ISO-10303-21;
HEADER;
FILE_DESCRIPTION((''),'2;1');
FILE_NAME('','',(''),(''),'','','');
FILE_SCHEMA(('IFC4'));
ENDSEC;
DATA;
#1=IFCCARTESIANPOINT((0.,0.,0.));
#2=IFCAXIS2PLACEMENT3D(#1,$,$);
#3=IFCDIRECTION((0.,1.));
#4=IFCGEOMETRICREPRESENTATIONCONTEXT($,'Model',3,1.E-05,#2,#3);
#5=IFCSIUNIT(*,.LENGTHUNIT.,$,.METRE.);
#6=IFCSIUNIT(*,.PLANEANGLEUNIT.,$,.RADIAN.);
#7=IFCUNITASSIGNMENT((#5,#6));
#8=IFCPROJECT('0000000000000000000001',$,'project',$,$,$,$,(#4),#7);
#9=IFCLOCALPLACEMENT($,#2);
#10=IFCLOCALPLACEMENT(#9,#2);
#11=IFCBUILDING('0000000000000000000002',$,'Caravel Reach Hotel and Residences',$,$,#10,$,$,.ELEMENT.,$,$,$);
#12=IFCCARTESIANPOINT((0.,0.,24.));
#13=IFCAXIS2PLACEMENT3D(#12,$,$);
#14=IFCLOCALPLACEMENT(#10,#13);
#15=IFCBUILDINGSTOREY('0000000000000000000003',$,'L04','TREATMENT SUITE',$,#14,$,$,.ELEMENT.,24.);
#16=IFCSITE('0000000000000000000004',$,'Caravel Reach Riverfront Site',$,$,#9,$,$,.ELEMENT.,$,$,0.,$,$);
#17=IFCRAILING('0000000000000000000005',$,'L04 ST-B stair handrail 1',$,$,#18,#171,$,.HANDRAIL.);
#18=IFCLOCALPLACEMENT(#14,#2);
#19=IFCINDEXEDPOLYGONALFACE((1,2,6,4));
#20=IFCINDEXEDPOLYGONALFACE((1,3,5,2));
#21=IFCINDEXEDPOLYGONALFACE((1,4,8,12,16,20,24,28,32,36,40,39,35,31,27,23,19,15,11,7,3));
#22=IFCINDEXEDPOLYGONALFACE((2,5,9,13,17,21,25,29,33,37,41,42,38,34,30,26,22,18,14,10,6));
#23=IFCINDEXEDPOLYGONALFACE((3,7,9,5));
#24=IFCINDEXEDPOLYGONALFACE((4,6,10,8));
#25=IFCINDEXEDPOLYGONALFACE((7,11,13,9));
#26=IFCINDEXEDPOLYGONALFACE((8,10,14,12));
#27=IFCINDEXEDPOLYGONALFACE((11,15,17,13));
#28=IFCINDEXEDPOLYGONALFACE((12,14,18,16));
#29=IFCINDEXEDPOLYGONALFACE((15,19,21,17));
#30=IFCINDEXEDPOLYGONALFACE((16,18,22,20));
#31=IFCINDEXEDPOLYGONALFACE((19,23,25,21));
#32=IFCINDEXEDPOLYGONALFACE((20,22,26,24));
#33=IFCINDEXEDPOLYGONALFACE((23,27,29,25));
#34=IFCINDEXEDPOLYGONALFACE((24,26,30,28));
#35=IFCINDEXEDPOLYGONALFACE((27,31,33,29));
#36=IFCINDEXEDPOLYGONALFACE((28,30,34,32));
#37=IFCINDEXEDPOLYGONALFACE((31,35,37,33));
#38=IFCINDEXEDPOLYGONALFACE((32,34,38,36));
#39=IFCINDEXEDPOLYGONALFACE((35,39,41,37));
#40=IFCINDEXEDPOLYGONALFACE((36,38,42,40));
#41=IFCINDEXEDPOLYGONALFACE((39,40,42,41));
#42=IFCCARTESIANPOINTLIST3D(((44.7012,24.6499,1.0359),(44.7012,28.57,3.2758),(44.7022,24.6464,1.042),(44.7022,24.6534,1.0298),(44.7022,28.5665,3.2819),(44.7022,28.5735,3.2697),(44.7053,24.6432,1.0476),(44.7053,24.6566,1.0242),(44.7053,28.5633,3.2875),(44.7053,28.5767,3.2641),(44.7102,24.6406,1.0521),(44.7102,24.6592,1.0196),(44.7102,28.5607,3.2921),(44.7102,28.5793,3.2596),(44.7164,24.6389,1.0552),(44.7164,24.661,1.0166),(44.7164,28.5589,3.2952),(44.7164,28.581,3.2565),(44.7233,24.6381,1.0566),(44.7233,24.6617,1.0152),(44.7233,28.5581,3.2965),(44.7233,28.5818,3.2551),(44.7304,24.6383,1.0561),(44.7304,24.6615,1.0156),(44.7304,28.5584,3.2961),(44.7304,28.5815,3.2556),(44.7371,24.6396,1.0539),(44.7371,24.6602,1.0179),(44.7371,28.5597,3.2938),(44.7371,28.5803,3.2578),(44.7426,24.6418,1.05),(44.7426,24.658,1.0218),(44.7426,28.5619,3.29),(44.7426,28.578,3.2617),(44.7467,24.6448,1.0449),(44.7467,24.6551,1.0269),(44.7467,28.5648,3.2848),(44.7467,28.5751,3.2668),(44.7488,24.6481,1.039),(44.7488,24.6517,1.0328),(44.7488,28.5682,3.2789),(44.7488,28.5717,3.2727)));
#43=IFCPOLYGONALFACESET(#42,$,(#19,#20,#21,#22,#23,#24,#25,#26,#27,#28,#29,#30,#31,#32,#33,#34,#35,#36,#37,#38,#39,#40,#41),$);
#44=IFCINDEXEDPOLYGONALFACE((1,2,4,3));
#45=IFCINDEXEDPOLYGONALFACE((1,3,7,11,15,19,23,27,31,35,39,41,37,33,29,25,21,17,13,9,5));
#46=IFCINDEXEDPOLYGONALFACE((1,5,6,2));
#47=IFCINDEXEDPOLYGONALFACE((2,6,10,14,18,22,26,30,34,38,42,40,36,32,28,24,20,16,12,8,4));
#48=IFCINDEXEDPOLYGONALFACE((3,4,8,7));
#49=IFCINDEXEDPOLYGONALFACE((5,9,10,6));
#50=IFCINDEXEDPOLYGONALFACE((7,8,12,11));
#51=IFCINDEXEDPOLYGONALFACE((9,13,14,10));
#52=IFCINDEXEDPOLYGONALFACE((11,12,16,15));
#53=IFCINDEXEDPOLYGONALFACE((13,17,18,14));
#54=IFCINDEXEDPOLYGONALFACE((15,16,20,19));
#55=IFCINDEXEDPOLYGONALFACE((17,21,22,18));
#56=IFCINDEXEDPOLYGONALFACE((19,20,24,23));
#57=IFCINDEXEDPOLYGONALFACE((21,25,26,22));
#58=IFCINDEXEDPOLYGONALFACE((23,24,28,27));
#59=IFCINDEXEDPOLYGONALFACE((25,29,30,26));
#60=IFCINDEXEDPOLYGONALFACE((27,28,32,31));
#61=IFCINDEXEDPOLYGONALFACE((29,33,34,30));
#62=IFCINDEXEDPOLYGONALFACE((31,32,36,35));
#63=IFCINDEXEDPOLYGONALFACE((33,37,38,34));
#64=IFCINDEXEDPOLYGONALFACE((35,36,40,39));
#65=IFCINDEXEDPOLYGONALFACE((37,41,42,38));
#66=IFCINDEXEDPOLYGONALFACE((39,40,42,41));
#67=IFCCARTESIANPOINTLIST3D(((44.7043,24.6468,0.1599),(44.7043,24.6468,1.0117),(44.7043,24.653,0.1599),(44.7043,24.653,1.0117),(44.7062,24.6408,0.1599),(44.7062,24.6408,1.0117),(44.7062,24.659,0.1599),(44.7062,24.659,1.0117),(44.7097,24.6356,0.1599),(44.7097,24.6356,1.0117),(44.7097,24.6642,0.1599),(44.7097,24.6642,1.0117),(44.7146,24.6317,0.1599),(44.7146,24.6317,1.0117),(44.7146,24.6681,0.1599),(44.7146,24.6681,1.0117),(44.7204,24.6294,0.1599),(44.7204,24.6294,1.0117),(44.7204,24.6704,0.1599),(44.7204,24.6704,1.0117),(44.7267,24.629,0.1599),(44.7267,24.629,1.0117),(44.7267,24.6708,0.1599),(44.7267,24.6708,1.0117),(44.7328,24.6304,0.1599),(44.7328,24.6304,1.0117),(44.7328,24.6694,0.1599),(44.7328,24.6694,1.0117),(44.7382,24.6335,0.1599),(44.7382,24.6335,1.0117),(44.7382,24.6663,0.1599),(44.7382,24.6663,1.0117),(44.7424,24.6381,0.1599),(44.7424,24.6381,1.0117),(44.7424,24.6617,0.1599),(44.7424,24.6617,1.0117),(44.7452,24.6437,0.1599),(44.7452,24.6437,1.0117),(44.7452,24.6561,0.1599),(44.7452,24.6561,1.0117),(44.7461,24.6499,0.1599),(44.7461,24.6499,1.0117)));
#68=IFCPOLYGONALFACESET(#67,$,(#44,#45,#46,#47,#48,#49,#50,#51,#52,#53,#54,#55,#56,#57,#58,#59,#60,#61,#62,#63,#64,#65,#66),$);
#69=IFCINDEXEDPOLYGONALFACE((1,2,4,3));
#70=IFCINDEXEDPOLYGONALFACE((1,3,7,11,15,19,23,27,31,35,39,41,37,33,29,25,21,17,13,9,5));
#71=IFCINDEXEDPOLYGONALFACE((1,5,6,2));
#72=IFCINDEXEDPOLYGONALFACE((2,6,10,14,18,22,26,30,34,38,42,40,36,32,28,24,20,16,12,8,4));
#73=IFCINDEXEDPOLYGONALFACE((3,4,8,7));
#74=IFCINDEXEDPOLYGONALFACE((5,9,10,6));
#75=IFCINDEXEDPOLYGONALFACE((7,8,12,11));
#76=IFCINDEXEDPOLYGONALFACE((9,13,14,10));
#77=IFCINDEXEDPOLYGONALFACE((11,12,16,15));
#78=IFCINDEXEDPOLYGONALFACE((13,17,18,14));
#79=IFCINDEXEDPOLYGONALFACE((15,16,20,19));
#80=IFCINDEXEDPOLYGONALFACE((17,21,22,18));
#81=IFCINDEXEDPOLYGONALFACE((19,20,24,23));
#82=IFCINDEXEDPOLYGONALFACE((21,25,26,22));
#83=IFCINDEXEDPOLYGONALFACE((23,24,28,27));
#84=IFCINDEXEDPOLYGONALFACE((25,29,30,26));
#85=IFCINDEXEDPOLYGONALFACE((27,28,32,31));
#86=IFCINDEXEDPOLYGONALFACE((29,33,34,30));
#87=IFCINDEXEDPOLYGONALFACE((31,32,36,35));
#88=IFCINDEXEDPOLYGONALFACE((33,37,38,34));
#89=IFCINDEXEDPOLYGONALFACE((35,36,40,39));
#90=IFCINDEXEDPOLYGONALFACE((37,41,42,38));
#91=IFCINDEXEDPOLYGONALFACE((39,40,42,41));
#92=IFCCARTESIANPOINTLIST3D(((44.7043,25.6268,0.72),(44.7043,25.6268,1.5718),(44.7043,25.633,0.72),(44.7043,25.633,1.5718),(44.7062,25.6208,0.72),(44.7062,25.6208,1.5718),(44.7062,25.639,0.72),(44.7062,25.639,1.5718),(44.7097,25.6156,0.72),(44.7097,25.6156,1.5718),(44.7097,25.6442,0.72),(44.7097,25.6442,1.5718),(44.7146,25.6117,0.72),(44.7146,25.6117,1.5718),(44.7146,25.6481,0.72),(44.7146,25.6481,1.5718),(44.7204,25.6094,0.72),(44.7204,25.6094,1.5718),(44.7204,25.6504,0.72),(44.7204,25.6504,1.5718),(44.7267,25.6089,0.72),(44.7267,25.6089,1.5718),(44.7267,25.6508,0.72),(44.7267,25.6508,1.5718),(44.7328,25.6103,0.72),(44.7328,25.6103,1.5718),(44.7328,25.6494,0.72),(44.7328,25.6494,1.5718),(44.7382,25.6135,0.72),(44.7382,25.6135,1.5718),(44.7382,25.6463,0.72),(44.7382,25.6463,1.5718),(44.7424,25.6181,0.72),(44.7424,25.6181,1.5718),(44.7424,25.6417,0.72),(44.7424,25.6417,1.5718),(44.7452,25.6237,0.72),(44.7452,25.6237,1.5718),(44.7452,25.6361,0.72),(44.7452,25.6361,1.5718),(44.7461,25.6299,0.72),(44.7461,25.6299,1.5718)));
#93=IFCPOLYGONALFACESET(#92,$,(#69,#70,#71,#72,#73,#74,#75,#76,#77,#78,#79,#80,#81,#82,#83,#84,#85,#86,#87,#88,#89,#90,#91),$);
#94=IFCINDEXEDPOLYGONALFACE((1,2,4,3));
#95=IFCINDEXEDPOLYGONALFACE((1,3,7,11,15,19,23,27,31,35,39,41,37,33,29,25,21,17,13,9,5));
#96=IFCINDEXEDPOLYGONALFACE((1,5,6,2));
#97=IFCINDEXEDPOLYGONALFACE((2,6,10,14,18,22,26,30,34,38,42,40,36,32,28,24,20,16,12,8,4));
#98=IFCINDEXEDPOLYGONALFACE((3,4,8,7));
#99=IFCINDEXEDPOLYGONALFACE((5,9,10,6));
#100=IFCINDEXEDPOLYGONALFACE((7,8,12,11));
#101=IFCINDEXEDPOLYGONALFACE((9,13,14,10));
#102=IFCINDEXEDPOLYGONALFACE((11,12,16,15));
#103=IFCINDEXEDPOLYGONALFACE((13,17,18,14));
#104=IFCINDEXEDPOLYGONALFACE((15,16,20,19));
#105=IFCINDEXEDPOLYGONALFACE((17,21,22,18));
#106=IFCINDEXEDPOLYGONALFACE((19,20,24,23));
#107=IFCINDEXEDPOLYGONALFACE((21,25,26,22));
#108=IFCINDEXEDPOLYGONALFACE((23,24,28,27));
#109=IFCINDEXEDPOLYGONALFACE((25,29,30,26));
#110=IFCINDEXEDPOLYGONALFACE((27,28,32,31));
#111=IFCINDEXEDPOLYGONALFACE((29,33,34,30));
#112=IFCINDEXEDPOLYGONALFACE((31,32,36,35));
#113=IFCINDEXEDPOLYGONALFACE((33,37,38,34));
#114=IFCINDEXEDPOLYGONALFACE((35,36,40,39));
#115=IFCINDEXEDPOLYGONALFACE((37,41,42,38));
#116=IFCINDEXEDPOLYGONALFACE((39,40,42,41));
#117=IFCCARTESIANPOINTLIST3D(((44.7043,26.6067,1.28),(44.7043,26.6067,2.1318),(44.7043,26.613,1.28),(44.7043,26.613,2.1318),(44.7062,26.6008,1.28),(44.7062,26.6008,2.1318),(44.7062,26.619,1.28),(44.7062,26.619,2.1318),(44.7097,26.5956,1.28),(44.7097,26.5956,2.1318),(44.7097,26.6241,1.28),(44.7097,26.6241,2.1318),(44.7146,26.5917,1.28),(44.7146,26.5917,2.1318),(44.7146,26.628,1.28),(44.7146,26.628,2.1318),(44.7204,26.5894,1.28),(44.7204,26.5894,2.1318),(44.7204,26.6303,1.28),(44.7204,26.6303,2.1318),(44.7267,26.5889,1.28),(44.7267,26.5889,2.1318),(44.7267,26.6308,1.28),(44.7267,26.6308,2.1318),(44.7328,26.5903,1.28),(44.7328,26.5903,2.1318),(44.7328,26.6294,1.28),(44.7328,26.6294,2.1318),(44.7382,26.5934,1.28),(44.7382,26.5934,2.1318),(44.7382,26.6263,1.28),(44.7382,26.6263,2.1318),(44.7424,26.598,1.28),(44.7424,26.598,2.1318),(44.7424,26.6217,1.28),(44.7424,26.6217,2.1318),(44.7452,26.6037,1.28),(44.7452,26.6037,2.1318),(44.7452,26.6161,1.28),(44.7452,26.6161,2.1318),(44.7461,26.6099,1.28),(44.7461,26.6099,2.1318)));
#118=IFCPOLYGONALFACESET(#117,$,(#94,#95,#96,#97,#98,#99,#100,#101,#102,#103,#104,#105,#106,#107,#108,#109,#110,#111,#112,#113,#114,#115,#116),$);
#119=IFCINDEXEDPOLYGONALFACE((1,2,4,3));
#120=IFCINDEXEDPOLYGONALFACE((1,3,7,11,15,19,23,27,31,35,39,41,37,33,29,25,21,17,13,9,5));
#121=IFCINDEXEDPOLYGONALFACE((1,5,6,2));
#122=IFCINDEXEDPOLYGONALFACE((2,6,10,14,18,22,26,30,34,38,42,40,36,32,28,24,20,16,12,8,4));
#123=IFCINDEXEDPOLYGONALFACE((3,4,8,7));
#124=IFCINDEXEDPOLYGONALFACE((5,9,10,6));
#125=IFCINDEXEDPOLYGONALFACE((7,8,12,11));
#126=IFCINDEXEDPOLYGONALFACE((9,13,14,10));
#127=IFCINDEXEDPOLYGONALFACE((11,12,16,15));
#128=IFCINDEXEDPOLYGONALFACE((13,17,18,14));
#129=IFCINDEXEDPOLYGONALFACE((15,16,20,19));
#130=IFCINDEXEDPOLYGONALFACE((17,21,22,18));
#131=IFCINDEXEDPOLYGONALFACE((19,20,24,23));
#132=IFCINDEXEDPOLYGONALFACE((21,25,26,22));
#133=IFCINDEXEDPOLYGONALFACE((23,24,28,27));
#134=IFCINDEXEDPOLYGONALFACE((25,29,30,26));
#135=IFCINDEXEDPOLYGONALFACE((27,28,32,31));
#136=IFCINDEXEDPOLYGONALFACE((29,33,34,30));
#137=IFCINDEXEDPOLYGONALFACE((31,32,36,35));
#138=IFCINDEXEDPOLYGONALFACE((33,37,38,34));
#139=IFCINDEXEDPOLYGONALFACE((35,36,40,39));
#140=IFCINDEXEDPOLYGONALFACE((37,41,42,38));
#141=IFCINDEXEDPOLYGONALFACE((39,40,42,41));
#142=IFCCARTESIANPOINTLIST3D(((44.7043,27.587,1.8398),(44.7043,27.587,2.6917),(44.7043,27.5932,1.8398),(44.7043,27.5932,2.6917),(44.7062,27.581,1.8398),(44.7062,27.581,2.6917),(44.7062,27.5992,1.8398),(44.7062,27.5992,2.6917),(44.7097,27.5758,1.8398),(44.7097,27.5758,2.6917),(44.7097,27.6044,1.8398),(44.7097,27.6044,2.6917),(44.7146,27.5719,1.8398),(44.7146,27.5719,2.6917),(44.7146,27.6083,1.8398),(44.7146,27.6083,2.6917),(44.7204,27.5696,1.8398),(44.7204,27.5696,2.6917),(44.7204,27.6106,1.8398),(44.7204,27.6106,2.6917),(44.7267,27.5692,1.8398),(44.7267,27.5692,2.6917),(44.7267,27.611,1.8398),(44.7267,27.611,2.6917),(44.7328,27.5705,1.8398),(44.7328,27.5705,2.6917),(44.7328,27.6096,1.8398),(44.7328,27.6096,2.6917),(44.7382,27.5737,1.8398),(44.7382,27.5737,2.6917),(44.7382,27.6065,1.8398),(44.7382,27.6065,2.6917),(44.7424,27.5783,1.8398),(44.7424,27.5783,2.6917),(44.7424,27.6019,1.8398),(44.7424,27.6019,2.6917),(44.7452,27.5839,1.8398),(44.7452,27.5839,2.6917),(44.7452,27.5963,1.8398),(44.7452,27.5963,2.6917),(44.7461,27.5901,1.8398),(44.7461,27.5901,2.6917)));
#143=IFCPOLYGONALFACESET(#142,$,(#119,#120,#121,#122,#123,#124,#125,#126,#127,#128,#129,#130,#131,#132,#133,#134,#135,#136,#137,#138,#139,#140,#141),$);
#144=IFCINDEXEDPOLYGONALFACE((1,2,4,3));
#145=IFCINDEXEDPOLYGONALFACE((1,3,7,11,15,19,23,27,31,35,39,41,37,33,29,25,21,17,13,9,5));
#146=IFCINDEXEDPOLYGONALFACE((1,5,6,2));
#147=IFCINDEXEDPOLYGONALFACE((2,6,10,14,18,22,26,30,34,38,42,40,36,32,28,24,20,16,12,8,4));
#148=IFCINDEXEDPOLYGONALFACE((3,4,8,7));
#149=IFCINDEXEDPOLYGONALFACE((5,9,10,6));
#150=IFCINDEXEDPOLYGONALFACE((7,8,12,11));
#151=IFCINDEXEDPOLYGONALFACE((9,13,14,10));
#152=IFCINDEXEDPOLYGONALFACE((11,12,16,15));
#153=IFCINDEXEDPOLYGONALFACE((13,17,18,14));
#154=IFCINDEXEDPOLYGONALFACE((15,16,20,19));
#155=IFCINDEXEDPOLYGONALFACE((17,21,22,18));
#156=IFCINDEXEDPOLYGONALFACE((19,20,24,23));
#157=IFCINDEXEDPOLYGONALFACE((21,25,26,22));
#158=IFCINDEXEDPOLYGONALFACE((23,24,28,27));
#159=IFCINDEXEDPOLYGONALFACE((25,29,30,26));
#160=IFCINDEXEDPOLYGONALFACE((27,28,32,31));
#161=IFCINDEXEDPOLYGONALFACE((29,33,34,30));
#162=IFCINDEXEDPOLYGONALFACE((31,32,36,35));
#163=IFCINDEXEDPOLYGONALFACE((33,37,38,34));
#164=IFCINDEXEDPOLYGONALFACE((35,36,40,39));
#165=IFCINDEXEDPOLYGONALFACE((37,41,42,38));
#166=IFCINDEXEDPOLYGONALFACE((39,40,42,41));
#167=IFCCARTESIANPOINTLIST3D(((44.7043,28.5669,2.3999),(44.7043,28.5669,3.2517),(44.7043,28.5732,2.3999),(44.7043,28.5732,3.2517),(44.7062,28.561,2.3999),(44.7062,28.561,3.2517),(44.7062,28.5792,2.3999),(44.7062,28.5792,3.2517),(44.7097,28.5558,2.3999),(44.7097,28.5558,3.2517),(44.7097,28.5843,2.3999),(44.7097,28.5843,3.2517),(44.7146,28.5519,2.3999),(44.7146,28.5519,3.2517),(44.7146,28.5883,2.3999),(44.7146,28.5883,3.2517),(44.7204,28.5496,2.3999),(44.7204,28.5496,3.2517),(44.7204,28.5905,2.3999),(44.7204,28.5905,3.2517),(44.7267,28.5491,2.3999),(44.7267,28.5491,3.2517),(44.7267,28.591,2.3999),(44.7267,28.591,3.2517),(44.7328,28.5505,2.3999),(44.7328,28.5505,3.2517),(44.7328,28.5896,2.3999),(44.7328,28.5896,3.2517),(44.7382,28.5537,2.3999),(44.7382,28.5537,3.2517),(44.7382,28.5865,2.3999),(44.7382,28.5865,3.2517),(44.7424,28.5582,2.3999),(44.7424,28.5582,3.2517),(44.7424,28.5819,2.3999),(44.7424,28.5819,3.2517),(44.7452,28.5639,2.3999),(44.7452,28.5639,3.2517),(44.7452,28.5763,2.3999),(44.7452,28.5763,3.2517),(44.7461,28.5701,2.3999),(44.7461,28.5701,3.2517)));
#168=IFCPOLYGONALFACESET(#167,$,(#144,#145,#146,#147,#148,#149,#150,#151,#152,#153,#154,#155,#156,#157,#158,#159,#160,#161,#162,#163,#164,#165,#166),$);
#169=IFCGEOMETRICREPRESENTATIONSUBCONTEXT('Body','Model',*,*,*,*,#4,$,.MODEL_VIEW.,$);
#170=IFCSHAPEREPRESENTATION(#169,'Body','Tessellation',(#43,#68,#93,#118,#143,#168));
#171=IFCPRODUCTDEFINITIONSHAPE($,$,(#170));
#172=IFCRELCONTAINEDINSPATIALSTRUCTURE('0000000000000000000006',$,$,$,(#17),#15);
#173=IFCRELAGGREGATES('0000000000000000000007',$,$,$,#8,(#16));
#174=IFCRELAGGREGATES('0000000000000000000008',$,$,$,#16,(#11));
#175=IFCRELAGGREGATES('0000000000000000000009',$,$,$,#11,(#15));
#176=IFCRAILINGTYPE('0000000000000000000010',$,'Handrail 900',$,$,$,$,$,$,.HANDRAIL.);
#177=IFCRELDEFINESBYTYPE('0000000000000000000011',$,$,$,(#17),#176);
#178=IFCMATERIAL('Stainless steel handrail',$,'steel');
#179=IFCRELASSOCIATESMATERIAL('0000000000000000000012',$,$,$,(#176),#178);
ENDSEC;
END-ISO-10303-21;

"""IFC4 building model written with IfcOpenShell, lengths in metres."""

from ifc_helpers import new_model, si_unit, direction, frame, origin, origin_2d, place, context, subcontext, project, spatial, circle, extrude, material, type_object, element, save


model = new_model("IFC4")

# Units and contexts
model_context = context("Model", 3, precision=1e-05, world=origin(), true_north=direction((0.0, 1.0)))
body_context = subcontext(model_context, "Body", "Model", "MODEL_VIEW")
ifc_project = project(units=[si_unit("LENGTHUNIT", "METRE"), si_unit("PLANEANGLEUNIT", "RADIAN")], contexts=[model_context])

# Site, building, storey
site_placement = place(None, origin())
site = spatial("IfcSite", under=ifc_project, at=site_placement, Name="Caravel Reach Riverfront Site", CompositionType="ELEMENT", RefElevation=0.0)
building_placement = place(site_placement, origin())
building = spatial("IfcBuilding", under=site, at=building_placement, Name="Caravel Reach Hotel and Residences", CompositionType="ELEMENT")
storey_placement = place(building_placement, frame((0.0, 0.0, 24.0)))
storey = spatial("IfcBuildingStorey", under=building, at=storey_placement, Name="L04", Description="TREATMENT SUITE", CompositionType="ELEMENT", Elevation=24.0)

# Railing
ifc_material_1 = material(Name="Stainless steel handrail", Category="steel")
railing_type_1 = type_object("IfcRailingType", Name="Handrail 900", PredefinedType="HANDRAIL", material=ifc_material_1)
railing_1_placement = place(storey_placement, frame((44.7251, 24.6499, 0.1599)))
element("IfcRailing", 1, at=railing_1_placement, inside=storey, type_object=railing_type_1, Name="L04 ST-B stair handrail 1", PredefinedType="HANDRAIL", context=body_context, shape_type="SweptSolid", body=[
    extrude(circle(Radius=0.0239, at=origin_2d()), frame((0.0, 0.0, 0.876), z_axis=(0.0, 0.868253, 0.496121), x_axis=(-1.0, 0.0, 0.0)), (0.0, 0.0, 1.0), 4.5149),
    extrude(circle(Radius=0.021, at=origin_2d()), origin(), (0.0, 0.0, 1.0), 0.8518),
    extrude(circle(Radius=0.021, at=origin_2d()), frame((0.0, 0.98, 0.5601)), (0.0, 0.0, 1.0), 0.8518),
    extrude(circle(Radius=0.021, at=origin_2d()), frame((0.0, 1.96, 1.1201)), (0.0, 0.0, 1.0), 0.8518),
    extrude(circle(Radius=0.021, at=origin_2d()), frame((0.0, 2.9402, 1.6799)), (0.0, 0.0, 1.0), 0.8518),
    extrude(circle(Radius=0.021, at=origin_2d()), frame((0.0, 3.9202, 2.24)), (0.0, 0.0, 1.0), 0.8518),
])

save(model, "model.ifc")
